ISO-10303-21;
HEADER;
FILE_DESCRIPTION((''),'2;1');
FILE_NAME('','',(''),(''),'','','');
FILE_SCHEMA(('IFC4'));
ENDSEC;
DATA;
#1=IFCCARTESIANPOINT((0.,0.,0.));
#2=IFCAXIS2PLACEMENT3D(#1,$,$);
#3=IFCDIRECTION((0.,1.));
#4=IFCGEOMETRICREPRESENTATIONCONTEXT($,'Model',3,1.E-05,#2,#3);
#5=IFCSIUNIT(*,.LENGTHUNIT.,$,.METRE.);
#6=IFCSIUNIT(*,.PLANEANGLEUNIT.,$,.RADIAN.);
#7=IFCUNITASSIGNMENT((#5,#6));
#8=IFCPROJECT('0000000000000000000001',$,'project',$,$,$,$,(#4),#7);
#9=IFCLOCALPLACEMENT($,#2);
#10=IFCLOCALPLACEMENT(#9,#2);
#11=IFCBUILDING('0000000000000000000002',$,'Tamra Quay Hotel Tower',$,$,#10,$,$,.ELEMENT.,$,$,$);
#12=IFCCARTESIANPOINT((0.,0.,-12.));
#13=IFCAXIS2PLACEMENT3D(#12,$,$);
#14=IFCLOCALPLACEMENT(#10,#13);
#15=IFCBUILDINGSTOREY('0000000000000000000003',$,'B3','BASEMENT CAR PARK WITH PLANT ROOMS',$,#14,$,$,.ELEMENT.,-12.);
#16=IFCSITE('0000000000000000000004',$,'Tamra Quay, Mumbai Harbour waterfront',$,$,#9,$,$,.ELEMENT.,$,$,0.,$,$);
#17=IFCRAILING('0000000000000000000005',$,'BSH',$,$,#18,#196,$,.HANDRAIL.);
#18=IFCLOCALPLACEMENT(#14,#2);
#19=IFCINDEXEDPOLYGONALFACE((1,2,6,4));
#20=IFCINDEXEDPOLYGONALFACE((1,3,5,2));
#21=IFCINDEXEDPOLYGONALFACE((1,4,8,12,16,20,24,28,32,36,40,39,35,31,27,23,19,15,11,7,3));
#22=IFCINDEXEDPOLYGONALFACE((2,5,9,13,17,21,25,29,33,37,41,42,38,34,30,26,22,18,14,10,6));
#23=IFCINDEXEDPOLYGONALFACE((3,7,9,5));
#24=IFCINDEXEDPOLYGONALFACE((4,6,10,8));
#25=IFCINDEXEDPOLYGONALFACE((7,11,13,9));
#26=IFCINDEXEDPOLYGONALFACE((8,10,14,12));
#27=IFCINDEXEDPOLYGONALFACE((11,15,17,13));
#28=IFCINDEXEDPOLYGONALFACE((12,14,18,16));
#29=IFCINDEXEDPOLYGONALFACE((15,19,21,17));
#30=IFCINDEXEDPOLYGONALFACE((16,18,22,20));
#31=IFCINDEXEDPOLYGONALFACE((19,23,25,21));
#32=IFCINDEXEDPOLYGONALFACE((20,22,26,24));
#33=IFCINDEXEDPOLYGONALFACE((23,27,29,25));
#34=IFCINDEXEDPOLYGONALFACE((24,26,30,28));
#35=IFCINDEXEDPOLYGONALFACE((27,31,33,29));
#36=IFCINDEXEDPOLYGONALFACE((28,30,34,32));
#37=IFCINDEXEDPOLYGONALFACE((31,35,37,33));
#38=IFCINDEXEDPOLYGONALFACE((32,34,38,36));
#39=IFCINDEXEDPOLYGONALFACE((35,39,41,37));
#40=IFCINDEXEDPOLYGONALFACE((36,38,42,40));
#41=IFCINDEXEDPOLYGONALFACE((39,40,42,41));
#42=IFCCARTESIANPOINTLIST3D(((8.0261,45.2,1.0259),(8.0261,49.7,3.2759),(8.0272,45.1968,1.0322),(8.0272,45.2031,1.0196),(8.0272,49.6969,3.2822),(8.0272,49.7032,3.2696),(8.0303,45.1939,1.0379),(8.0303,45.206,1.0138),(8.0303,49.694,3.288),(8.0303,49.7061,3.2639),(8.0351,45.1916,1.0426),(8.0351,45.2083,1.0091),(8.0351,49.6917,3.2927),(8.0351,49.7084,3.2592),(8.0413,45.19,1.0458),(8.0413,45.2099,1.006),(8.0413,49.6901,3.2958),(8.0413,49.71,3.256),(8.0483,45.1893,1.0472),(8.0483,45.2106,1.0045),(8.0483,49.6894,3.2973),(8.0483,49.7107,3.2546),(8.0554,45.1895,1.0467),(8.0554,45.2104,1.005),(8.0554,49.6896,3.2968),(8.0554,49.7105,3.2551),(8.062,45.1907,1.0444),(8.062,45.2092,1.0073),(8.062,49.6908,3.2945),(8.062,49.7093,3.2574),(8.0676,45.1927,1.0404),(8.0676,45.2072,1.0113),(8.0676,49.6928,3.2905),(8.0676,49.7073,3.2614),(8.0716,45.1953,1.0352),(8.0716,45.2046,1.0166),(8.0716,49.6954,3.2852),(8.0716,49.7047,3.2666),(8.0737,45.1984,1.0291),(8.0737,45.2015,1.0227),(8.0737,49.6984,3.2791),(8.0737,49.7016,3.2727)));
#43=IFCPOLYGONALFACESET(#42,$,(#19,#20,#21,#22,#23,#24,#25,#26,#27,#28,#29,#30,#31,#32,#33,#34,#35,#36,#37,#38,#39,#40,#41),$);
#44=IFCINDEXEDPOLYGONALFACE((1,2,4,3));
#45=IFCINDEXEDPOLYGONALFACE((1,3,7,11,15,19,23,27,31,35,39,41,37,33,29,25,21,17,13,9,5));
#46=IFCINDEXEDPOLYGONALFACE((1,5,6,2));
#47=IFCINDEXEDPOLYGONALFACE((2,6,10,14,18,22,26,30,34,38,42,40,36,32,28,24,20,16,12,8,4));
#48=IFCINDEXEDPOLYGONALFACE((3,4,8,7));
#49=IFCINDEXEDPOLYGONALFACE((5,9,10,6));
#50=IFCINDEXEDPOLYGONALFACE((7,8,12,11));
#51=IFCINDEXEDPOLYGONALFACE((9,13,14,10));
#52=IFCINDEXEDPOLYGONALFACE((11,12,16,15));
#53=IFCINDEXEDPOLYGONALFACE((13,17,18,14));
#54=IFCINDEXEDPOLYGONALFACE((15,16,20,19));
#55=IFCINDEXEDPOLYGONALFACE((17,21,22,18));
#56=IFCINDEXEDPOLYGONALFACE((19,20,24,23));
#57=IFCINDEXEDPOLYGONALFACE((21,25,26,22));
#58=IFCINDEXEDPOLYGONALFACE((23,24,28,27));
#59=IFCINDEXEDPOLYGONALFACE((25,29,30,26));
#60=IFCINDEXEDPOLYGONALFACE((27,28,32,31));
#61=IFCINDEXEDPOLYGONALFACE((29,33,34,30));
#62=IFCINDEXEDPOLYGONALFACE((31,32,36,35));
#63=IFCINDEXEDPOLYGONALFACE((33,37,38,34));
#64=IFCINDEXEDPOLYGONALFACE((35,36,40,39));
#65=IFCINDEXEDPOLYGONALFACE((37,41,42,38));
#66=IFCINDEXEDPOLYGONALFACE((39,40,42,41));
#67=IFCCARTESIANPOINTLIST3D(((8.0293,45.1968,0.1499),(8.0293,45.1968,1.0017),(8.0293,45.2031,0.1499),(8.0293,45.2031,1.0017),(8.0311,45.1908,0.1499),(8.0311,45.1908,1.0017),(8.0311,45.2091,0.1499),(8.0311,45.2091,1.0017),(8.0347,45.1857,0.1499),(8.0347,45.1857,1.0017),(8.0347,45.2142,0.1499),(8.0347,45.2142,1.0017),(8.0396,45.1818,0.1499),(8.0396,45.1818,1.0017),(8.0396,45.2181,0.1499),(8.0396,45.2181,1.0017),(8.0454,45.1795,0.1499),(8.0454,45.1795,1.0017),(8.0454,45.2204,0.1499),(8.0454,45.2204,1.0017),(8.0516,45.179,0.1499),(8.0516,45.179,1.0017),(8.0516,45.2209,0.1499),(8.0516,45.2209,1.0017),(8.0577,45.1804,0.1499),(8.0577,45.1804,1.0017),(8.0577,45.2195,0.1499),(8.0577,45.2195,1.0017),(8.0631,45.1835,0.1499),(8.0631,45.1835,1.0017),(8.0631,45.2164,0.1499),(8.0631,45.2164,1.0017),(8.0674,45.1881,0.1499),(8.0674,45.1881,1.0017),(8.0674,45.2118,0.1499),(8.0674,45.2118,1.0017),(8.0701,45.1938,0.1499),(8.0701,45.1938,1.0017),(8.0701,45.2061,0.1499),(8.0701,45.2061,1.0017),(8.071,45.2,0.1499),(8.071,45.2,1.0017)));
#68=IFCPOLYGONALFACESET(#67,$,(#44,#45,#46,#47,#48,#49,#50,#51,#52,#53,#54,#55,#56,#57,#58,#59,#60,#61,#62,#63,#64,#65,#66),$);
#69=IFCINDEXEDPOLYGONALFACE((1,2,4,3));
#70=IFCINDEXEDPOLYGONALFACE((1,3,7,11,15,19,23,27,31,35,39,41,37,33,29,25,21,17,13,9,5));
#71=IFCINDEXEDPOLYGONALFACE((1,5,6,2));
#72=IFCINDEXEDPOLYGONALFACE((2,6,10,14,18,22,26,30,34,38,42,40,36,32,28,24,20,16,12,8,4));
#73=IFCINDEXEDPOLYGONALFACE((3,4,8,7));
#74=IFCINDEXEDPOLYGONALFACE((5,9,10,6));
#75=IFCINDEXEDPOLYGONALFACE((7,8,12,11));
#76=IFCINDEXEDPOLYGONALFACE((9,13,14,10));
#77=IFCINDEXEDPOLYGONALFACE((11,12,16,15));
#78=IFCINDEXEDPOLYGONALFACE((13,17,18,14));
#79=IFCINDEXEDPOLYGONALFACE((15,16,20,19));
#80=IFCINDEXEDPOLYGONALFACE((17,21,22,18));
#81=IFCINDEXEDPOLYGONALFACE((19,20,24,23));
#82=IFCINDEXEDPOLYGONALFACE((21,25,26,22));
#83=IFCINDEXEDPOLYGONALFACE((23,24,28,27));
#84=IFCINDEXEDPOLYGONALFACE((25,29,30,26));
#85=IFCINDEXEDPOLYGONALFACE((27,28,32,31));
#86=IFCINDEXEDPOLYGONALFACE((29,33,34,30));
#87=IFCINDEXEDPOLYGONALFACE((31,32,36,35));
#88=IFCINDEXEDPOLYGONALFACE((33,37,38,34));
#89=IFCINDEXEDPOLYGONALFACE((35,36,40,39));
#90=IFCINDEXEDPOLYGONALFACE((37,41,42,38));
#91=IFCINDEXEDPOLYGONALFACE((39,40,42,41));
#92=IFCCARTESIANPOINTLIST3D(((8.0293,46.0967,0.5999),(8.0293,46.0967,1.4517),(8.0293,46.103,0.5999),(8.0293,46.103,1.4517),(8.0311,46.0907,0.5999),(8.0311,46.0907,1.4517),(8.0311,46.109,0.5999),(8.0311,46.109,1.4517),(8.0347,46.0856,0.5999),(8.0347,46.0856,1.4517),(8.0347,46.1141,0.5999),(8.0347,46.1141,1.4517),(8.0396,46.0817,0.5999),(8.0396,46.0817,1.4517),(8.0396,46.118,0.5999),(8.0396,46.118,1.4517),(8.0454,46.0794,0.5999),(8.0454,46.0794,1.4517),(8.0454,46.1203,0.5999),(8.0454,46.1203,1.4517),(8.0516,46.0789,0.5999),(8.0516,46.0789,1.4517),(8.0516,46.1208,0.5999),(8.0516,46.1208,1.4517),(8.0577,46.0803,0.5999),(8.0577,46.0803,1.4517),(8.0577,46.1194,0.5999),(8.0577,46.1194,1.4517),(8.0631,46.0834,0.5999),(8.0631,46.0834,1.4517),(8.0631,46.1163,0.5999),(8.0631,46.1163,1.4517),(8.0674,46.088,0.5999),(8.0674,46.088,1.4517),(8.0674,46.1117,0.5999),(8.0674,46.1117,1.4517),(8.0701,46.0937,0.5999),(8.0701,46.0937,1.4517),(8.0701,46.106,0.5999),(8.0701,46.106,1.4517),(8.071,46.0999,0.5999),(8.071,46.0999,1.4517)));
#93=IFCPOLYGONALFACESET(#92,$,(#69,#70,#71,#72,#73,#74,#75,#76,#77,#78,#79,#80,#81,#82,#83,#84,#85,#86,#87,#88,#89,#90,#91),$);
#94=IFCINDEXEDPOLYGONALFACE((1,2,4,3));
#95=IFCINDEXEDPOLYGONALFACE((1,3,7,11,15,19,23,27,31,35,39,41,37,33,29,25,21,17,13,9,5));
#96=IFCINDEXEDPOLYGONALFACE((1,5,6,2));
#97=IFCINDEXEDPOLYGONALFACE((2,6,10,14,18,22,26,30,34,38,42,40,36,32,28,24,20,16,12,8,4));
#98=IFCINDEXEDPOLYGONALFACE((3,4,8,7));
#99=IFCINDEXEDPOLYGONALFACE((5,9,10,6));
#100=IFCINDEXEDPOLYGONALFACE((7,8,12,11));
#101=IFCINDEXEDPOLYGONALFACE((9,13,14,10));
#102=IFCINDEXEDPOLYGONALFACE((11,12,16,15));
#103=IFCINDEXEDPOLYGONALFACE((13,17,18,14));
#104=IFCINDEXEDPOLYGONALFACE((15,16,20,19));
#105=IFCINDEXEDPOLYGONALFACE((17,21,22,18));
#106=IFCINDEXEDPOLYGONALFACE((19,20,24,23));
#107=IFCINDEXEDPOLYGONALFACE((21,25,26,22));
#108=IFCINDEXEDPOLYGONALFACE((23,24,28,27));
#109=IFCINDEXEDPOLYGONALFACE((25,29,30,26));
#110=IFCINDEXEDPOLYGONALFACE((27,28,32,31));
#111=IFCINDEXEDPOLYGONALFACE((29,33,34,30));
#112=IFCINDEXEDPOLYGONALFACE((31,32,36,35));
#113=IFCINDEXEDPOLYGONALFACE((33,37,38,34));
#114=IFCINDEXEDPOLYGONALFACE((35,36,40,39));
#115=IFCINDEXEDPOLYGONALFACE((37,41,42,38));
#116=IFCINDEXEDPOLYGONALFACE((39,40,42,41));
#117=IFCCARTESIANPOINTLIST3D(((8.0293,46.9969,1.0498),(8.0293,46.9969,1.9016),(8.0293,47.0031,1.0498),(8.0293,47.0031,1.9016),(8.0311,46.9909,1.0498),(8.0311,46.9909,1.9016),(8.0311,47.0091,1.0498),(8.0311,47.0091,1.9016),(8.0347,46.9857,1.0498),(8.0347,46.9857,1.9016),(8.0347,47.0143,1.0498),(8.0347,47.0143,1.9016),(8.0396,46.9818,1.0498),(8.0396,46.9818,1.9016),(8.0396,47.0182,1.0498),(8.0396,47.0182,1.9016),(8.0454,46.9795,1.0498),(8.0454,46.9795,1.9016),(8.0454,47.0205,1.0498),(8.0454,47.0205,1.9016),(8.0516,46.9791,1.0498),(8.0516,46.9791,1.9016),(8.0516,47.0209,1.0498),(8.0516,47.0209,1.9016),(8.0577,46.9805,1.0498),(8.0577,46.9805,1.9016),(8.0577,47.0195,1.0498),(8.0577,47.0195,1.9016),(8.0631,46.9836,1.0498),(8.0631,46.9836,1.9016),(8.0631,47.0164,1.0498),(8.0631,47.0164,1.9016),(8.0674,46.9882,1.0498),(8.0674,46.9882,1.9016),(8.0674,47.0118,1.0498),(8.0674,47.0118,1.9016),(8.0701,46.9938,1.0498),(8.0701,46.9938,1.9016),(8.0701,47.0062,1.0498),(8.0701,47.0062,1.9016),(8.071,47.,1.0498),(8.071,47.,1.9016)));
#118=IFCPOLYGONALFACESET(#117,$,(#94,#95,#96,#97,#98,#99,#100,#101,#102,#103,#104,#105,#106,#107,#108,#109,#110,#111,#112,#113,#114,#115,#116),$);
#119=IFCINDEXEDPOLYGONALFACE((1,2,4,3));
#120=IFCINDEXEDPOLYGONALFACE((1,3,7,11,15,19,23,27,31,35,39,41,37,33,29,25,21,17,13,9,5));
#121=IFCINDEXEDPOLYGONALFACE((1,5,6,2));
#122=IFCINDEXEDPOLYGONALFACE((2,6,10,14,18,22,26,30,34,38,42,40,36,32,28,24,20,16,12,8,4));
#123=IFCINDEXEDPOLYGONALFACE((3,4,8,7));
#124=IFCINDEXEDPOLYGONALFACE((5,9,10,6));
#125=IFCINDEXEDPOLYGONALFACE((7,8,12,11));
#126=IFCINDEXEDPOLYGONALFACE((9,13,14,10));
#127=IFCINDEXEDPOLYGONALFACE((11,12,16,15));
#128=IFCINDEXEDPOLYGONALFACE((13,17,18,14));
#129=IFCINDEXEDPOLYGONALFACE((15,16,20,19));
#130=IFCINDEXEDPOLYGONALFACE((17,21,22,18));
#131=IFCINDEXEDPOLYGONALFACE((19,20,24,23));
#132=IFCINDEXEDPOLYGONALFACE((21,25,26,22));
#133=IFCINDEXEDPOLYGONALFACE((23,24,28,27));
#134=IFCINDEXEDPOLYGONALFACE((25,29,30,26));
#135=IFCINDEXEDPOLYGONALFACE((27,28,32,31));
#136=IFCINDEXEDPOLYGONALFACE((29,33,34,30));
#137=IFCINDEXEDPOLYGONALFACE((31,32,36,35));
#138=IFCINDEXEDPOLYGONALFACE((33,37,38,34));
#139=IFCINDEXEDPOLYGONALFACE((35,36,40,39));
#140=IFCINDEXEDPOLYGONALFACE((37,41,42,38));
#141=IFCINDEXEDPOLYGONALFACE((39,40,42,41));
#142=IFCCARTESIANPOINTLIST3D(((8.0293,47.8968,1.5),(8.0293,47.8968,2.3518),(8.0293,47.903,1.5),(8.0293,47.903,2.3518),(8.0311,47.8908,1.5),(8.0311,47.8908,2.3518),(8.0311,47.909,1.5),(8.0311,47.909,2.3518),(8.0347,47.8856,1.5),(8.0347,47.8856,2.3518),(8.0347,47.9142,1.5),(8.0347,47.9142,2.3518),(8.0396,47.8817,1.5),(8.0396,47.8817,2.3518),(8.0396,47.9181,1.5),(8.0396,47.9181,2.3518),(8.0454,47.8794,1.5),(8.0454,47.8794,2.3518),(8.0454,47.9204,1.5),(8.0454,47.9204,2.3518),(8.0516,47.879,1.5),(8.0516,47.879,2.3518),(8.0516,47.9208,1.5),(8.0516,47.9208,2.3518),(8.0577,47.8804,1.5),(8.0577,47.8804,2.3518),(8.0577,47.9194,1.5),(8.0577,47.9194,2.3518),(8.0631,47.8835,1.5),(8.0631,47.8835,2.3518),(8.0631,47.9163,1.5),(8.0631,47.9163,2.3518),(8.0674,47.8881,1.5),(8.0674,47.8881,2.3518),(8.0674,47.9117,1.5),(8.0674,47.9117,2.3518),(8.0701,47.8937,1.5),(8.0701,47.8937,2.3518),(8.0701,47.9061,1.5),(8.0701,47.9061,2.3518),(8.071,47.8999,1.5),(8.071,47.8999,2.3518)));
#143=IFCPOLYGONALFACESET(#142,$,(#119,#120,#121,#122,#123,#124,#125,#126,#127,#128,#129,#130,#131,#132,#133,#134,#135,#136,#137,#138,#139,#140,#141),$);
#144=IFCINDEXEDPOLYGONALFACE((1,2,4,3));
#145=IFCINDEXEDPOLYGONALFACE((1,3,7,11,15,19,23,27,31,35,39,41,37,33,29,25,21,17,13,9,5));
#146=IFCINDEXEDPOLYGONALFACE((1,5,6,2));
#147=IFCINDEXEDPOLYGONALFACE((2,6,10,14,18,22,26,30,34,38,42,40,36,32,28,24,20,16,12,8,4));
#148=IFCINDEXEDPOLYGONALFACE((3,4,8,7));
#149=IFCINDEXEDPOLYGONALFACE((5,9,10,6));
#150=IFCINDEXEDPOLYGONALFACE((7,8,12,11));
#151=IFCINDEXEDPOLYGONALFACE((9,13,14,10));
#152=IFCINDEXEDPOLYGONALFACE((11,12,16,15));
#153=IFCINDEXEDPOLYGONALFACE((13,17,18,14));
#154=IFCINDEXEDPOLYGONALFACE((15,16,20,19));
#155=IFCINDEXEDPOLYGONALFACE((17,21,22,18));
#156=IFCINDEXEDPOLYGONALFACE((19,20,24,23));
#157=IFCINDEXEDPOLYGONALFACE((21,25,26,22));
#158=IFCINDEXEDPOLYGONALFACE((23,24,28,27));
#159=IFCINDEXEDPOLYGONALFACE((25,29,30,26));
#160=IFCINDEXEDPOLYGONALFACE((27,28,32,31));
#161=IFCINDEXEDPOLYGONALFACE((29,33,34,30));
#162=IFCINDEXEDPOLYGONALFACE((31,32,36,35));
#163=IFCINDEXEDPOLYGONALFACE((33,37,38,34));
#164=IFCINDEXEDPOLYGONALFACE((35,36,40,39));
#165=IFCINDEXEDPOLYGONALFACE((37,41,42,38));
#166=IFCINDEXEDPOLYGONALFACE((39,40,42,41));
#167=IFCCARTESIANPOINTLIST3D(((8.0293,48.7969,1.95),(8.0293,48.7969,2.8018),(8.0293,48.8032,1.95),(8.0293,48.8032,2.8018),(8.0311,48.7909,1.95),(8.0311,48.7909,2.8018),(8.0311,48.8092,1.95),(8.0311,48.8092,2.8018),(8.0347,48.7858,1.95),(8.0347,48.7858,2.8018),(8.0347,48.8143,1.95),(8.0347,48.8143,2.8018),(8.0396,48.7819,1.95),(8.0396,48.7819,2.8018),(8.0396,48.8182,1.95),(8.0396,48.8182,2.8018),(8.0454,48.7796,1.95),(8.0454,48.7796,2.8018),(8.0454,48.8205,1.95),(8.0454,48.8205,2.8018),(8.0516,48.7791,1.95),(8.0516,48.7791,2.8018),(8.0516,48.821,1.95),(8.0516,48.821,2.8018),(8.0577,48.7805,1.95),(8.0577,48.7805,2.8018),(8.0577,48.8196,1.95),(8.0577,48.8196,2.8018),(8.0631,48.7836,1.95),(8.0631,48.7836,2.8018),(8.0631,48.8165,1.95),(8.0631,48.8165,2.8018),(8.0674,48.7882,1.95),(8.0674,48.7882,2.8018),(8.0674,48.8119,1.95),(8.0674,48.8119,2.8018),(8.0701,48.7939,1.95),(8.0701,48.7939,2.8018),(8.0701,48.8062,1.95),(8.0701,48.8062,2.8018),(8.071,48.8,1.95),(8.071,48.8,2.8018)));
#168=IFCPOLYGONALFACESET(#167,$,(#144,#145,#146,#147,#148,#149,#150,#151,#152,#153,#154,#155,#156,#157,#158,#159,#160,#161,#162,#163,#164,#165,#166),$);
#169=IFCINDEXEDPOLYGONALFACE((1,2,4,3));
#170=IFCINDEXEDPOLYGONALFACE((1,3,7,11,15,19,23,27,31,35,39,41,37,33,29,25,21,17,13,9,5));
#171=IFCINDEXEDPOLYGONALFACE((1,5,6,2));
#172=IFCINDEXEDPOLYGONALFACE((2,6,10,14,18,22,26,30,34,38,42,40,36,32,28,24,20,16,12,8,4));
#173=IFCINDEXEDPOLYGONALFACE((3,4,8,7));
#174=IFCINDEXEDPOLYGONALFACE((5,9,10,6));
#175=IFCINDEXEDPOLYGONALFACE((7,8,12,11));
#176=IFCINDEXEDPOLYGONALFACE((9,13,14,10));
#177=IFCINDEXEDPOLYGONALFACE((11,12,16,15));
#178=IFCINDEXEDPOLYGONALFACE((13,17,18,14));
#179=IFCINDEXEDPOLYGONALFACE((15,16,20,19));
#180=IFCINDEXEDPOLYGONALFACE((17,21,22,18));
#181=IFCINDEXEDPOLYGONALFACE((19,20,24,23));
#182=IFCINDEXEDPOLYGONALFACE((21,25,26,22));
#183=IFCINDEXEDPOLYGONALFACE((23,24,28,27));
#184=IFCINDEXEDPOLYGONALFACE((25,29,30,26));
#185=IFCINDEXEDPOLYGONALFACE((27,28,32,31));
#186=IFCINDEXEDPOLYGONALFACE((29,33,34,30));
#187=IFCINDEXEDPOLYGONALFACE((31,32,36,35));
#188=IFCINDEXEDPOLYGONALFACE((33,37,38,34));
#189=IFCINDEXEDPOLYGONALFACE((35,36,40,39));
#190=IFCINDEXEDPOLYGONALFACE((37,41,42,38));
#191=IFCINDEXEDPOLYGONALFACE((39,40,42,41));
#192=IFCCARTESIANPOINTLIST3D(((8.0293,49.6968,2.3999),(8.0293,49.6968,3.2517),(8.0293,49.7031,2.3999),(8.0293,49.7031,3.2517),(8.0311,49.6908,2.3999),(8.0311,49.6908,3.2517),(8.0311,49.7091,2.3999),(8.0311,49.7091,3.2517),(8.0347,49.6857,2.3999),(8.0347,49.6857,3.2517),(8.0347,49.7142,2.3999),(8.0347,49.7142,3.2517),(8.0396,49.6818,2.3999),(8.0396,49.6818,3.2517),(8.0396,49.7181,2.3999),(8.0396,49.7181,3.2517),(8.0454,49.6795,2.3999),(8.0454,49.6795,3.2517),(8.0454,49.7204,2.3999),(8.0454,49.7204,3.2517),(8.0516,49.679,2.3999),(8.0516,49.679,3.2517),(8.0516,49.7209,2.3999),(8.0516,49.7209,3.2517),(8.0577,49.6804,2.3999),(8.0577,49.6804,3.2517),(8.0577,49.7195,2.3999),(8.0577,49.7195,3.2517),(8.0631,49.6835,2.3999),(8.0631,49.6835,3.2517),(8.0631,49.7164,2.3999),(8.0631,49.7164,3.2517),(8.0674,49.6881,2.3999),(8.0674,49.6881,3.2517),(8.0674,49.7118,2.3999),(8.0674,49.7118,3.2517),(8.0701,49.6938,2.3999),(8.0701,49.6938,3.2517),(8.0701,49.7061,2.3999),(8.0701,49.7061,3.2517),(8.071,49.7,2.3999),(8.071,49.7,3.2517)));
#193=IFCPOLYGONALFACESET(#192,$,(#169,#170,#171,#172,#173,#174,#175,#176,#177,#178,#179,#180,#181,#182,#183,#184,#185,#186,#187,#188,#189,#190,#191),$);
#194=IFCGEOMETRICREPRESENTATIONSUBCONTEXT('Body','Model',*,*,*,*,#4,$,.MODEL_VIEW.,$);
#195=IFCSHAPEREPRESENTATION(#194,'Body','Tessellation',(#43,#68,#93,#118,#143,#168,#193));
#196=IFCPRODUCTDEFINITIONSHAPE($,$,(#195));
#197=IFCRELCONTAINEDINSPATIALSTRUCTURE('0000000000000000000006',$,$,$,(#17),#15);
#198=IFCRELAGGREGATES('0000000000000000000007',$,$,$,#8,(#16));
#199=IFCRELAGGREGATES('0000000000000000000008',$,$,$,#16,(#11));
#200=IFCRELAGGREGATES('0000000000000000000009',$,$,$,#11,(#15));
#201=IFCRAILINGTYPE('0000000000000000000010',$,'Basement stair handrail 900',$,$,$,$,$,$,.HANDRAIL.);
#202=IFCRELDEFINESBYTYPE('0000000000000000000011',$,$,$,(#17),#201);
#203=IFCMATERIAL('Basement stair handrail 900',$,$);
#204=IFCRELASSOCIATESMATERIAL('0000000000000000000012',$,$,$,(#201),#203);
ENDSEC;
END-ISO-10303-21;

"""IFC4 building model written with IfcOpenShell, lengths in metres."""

from ifc_helpers import new_model, si_unit, direction, frame, origin, origin_2d, place, context, subcontext, project, spatial, circle, extrude, material, type_object, element, save


model = new_model("IFC4")

# Units and contexts
model_context = context("Model", 3, precision=1e-05, world=origin(), true_north=direction((0.0, 1.0)))
body_context = subcontext(model_context, "Body", "Model", "MODEL_VIEW")
ifc_project = project(units=[si_unit("LENGTHUNIT", "METRE"), si_unit("PLANEANGLEUNIT", "RADIAN")], contexts=[model_context])

# Site, building, storey
site_placement = place(None, origin())
site = spatial("IfcSite", under=ifc_project, at=site_placement, Name="Tamra Quay, Mumbai Harbour waterfront", CompositionType="ELEMENT", RefElevation=0.0)
building_placement = place(site_placement, origin())
building = spatial("IfcBuilding", under=site, at=building_placement, Name="Tamra Quay Hotel Tower", CompositionType="ELEMENT")
storey_placement = place(building_placement, frame((0.0, 0.0, -12.0)))
storey = spatial("IfcBuildingStorey", under=building, at=storey_placement, Name="B3", Description="BASEMENT CAR PARK WITH PLANT ROOMS", CompositionType="ELEMENT", Elevation=-12.0)

# Railing
ifc_material_1 = material(Name="Basement stair handrail 900")
railing_type_1 = type_object("IfcRailingType", Name="Basement stair handrail 900", PredefinedType="HANDRAIL", material=ifc_material_1)
railing_1_placement = place(storey_placement, frame((8.05, 45.2, 0.1499)))
element("IfcRailing", 1, at=railing_1_placement, inside=storey, type_object=railing_type_1, Name="BSH", PredefinedType="HANDRAIL", context=body_context, shape_type="SweptSolid", body=[
    extrude(circle(Radius=0.0239, at=origin_2d()), frame((0.0, 0.0, 0.876), z_axis=(0.0, 0.894427, 0.447214), x_axis=(-1.0, 0.0, 0.0)), (0.0, 0.0, 1.0), 5.0312),
    extrude(circle(Radius=0.021, at=origin_2d()), origin(), (0.0, 0.0, 1.0), 0.8518),
    extrude(circle(Radius=0.021, at=origin_2d()), frame((0.0, 0.8999, 0.45)), (0.0, 0.0, 1.0), 0.8518),
    extrude(circle(Radius=0.021, at=origin_2d()), frame((0.0, 1.8, 0.8999)), (0.0, 0.0, 1.0), 0.8518),
    extrude(circle(Radius=0.021, at=origin_2d()), frame((0.0, 2.7, 1.3501)), (0.0, 0.0, 1.0), 0.8518),
    extrude(circle(Radius=0.021, at=origin_2d()), frame((0.0, 3.6001, 1.8)), (0.0, 0.0, 1.0), 0.8518),
    extrude(circle(Radius=0.021, at=origin_2d()), frame((0.0, 4.5, 2.25)), (0.0, 0.0, 1.0), 0.8518),
])

save(model, "model.ifc")
